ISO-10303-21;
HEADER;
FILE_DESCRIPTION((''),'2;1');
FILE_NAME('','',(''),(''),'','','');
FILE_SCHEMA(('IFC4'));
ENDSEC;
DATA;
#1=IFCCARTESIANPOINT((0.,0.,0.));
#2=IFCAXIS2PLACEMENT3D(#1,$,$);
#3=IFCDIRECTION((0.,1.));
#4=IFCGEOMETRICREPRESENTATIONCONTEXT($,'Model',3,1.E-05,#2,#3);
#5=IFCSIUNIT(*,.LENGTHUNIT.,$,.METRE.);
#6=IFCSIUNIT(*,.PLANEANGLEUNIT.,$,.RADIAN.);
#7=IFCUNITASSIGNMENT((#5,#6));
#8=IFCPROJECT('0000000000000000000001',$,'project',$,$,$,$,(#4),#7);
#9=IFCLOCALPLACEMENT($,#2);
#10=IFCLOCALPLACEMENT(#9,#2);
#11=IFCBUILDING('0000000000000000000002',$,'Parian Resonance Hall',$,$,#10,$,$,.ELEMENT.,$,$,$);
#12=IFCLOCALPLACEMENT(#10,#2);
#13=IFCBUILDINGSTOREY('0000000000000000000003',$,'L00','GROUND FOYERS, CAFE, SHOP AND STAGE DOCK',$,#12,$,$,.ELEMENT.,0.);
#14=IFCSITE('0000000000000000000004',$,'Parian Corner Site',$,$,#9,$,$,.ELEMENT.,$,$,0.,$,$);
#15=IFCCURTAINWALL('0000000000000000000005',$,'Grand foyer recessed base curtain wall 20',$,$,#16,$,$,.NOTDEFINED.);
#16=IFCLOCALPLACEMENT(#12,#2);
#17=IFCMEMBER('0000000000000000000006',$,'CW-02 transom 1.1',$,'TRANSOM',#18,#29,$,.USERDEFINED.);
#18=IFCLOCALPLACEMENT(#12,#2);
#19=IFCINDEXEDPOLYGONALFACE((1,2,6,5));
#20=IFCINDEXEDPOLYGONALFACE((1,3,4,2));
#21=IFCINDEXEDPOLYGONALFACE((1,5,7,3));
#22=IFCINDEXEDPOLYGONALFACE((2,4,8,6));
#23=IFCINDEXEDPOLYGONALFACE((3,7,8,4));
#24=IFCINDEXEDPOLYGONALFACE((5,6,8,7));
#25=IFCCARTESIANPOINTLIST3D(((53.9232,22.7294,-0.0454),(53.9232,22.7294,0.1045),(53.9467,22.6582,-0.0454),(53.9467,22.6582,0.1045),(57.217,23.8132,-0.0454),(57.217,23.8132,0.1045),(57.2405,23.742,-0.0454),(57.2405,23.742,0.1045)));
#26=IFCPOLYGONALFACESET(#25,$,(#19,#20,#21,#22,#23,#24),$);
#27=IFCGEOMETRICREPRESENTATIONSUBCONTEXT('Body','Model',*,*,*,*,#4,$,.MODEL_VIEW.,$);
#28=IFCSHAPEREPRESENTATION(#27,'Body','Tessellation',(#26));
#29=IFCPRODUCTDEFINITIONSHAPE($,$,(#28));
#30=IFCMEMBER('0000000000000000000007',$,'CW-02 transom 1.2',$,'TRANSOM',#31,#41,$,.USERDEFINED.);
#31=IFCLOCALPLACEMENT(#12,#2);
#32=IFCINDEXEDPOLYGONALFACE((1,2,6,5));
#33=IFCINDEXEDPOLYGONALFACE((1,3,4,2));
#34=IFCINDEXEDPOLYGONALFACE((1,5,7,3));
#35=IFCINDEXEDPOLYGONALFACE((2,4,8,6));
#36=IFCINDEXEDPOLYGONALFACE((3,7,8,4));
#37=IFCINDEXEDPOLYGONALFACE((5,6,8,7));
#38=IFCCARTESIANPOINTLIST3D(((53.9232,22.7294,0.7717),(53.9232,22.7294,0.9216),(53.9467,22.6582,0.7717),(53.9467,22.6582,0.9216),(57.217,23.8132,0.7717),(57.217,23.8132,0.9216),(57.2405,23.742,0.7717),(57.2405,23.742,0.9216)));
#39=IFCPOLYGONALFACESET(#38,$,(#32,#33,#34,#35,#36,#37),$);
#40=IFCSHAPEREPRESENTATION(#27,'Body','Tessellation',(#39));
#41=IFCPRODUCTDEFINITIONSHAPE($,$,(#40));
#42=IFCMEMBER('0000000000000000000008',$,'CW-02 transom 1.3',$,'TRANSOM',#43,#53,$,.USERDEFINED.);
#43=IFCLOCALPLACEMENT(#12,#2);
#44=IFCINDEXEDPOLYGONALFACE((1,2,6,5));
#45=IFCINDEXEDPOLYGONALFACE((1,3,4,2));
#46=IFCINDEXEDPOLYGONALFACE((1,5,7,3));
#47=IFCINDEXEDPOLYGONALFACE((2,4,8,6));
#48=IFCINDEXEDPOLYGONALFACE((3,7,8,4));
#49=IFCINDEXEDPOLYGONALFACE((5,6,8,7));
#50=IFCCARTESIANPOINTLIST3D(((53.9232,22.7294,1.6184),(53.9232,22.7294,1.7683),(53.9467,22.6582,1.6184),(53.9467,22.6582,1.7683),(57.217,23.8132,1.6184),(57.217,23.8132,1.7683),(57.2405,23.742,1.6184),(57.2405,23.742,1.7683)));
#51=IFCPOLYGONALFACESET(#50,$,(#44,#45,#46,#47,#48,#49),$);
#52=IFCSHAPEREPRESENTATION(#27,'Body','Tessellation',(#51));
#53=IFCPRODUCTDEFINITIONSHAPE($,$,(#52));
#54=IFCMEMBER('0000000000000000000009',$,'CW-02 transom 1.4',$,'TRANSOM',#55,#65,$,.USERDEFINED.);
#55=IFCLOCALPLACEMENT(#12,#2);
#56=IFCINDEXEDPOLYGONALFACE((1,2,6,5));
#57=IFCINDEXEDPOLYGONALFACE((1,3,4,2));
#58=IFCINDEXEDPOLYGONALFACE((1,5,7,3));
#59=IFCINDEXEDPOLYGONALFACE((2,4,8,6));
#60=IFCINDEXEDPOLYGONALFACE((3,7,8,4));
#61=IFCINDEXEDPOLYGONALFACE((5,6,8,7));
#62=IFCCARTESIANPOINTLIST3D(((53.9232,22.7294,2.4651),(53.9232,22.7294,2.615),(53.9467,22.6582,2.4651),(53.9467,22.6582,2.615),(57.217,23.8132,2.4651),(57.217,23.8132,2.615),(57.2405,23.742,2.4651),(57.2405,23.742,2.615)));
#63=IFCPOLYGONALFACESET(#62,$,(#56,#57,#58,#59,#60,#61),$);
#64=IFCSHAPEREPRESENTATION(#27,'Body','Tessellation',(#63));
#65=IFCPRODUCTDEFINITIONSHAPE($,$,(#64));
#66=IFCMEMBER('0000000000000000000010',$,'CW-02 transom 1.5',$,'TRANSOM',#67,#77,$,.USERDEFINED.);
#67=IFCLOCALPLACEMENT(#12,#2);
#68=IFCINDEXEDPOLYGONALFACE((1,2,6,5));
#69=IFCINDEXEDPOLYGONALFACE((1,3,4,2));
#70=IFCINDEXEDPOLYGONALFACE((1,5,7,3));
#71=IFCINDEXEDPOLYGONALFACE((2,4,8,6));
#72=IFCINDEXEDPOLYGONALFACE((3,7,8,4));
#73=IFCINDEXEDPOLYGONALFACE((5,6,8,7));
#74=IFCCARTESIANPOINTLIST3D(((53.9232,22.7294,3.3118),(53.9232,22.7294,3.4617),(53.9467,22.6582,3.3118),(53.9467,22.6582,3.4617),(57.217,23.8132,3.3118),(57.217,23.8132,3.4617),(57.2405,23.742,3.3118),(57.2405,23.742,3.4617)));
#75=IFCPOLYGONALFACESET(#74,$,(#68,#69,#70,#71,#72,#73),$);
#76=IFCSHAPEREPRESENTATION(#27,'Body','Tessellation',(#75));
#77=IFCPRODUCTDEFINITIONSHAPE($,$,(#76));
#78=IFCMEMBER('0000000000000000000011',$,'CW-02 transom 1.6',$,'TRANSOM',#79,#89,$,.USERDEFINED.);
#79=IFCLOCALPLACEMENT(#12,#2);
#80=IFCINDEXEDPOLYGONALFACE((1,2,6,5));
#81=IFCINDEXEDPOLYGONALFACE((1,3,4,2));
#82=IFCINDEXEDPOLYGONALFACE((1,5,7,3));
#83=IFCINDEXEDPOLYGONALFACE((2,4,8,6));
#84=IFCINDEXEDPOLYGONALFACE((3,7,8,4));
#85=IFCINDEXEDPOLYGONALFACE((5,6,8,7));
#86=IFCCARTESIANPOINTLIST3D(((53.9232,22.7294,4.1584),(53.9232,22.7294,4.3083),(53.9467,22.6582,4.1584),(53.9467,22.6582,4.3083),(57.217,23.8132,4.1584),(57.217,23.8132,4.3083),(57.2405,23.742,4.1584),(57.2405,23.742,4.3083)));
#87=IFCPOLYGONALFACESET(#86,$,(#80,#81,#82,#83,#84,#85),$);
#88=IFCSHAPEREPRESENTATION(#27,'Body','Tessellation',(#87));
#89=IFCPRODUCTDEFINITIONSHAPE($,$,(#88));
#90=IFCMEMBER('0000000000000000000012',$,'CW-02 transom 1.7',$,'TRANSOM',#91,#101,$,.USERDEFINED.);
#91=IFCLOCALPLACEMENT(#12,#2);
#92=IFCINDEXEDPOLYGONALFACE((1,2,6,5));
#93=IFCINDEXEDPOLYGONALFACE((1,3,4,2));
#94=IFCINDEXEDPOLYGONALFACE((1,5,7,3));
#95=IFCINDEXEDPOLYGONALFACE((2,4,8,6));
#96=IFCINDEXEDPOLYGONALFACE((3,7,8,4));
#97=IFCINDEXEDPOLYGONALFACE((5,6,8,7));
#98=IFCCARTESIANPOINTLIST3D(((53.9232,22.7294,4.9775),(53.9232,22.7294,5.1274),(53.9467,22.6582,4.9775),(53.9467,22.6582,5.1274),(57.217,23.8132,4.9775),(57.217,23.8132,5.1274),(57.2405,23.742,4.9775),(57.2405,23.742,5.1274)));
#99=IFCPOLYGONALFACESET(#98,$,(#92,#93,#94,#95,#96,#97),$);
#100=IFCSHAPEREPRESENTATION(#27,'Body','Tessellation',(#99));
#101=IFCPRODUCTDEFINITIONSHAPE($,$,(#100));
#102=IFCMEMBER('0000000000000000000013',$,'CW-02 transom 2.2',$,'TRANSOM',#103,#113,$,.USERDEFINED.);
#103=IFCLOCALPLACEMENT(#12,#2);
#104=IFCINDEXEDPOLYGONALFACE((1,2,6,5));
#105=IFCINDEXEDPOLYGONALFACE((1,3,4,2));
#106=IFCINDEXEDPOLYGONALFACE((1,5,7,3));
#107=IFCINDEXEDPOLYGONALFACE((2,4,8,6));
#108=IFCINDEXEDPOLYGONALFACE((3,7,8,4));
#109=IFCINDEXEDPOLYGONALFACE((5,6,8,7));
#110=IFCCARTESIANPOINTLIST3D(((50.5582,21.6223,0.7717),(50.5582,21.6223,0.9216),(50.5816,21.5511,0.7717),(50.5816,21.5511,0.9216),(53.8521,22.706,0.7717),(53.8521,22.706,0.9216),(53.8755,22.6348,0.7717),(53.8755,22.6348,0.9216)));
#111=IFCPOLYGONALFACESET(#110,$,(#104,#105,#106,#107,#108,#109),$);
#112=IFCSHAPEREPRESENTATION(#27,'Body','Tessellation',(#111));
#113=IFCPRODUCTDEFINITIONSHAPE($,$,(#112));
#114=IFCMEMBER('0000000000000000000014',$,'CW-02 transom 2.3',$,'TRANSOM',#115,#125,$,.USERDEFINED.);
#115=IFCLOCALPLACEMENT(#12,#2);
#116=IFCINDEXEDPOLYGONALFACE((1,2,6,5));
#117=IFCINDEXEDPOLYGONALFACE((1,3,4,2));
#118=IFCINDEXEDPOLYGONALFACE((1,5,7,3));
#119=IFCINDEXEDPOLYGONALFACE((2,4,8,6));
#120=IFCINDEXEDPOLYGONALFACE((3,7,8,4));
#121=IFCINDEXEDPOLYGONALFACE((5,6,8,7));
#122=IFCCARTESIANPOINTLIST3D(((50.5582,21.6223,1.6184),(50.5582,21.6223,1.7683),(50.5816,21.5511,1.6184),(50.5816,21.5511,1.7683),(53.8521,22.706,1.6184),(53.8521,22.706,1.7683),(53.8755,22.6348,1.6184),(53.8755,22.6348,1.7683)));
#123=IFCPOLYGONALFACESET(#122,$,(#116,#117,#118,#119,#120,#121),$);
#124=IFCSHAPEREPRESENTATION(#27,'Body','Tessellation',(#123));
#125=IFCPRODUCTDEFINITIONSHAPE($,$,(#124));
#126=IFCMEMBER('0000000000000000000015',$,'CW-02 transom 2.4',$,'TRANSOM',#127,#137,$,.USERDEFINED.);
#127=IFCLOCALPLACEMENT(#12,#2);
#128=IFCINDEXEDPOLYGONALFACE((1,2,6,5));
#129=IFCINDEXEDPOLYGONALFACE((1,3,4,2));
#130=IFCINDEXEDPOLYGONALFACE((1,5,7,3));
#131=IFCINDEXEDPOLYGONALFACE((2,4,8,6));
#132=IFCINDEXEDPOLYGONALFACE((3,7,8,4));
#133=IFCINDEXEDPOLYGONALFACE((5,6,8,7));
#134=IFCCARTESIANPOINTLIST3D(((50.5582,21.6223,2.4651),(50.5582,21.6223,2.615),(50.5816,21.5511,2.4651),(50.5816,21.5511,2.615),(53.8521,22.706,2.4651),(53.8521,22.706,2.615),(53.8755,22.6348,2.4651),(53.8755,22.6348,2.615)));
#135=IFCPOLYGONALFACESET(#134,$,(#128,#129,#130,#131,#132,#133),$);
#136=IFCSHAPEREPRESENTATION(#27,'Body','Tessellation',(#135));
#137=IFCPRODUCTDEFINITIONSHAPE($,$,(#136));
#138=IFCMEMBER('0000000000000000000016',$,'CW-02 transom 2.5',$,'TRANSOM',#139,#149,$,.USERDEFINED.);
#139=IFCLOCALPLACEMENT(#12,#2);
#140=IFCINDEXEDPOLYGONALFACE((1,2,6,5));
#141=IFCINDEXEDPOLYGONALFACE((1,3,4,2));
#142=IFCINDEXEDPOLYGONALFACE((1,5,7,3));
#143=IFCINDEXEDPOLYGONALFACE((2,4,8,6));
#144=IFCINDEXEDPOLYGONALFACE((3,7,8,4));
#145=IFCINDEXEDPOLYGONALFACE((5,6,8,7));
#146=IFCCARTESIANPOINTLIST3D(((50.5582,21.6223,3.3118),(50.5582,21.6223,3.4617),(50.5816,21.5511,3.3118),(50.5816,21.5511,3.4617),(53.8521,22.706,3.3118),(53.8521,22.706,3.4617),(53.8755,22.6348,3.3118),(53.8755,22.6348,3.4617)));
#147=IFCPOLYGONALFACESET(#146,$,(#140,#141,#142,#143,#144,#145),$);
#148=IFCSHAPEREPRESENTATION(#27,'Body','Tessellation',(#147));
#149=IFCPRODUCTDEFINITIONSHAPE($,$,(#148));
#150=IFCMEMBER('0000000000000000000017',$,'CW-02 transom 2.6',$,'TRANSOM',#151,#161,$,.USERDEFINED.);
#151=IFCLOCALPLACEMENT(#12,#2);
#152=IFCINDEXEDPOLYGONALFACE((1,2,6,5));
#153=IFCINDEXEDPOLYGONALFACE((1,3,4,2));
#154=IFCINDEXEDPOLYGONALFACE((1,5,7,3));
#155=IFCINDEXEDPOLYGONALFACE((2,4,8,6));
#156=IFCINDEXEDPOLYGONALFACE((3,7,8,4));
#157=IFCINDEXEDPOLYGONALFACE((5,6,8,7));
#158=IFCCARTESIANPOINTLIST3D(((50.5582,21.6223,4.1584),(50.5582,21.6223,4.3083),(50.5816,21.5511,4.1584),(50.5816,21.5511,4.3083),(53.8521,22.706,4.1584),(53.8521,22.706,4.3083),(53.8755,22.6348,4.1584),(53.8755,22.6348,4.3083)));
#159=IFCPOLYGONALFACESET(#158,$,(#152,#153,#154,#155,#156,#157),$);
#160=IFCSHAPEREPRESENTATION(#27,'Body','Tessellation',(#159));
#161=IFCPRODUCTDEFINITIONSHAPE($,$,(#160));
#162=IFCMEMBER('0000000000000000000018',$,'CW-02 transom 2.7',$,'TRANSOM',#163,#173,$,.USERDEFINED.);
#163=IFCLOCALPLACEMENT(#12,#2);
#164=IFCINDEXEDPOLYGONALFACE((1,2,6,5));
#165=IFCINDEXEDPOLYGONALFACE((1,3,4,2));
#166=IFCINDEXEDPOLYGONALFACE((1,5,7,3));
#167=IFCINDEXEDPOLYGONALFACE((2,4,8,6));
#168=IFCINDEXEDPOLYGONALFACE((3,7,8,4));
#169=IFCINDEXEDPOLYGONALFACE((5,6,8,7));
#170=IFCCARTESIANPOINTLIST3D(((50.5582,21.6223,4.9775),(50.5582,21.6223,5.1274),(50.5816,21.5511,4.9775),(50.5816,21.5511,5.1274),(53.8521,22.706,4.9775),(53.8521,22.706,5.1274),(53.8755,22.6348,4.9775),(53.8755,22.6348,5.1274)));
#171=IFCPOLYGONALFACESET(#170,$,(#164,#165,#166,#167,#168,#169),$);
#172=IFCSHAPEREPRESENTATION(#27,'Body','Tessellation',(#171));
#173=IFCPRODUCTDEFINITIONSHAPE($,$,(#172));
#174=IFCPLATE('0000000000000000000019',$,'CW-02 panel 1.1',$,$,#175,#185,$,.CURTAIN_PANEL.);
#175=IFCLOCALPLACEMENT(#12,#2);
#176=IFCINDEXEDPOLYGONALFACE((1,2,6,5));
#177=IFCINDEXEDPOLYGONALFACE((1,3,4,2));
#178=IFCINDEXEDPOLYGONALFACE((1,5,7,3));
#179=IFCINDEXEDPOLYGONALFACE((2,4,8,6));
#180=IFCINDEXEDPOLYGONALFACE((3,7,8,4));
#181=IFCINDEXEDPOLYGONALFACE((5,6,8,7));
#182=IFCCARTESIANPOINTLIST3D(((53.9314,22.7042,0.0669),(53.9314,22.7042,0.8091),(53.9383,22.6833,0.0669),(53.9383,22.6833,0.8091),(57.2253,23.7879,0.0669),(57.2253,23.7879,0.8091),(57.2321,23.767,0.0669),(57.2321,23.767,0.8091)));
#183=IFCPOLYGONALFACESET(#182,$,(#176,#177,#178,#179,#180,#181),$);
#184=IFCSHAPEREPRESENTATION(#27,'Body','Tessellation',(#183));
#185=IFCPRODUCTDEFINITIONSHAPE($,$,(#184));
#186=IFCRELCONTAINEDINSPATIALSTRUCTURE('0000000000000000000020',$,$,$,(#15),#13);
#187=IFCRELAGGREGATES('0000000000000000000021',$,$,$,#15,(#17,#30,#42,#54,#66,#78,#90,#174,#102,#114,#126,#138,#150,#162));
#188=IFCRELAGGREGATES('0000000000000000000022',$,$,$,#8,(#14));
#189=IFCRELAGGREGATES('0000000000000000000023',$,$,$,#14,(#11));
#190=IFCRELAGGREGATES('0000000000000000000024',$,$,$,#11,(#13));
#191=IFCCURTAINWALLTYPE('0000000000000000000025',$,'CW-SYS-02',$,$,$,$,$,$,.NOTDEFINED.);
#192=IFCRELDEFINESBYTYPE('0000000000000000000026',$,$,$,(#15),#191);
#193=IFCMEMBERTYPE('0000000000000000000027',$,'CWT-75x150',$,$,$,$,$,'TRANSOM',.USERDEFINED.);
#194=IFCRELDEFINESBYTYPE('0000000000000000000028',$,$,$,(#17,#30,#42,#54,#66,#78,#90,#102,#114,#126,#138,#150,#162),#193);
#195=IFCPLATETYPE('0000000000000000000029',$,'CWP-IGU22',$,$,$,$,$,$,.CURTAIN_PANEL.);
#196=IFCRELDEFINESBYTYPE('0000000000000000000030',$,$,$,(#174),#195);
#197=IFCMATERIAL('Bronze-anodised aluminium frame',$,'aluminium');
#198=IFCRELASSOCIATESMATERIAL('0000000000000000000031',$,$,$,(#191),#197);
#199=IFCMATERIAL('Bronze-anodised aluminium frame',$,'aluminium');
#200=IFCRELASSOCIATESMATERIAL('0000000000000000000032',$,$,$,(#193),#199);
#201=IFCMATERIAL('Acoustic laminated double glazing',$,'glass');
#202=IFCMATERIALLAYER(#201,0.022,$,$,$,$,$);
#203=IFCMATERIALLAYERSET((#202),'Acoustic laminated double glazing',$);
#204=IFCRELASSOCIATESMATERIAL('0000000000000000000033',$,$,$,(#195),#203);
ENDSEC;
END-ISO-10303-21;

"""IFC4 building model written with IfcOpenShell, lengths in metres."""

from ifc_helpers import new_model, si_unit, direction, frame, origin, origin_2d, place, context, subcontext, project, spatial, rectangle, extrude, material, layer, layer_set, material_profile, profile_set, type_object, element, aggregate, save


model = new_model("IFC4")

# Units and contexts
model_context = context("Model", 3, precision=1e-05, world=origin(), true_north=direction((0.0, 1.0)))
body_context = subcontext(model_context, "Body", "Model", "MODEL_VIEW")
ifc_project = project(units=[si_unit("LENGTHUNIT", "METRE"), si_unit("PLANEANGLEUNIT", "RADIAN")], contexts=[model_context])

# Site, building, storey
site_placement = place(None, origin())
site = spatial("IfcSite", under=ifc_project, at=site_placement, Name="Parian Corner Site", CompositionType="ELEMENT", RefElevation=0.0)
building_placement = place(site_placement, origin())
building = spatial("IfcBuilding", under=site, at=building_placement, Name="Parian Resonance Hall", CompositionType="ELEMENT")
storey_placement = place(building_placement, origin())
storey = spatial("IfcBuildingStorey", under=building, at=storey_placement, Name="L00", Description="GROUND FOYERS, CAFE, SHOP AND STAGE DOCK", CompositionType="ELEMENT", Elevation=0.0)

# Curtain wall, members, plate
ifc_material_1 = material(Name="Bronze-anodised aluminium frame", Category="aluminium")
curtain_wall_type = type_object("IfcCurtainWallType", Name="CW-SYS-02", PredefinedType="NOTDEFINED", material=ifc_material_1)
curtain_wall_placement = place(storey_placement, origin())
curtain_wall = element("IfcCurtainWall", 1, at=curtain_wall_placement, inside=storey, type_object=curtain_wall_type, Name="Grand foyer recessed base curtain wall 20", PredefinedType="NOTDEFINED")
ifc_material_2 = material(Name="Bronze-anodised aluminium frame", Category="aluminium")
ifc_material_profile_1 = material_profile(ifc_material_2, rectangle(XDim=0.075, YDim=0.1499, at=origin_2d()), Name="CWT-75x150")
ifc_profile_set_1 = profile_set([ifc_material_profile_1], Name="Bronze-anodised aluminium frame")
member_type_1 = type_object("IfcMemberType", Name="CWT-75x150", ElementType="TRANSOM", PredefinedType="USERDEFINED", material=ifc_profile_set_1)
member_1_placement = place(storey_placement, frame((57.2288, 23.7776, 0.0295), z_axis=(-0.949901, -0.31255, 0.0), x_axis=(0.31255, -0.949901, 0.0)))
member_1 = element("IfcMember", 2, at=member_1_placement, type_object=member_type_1, Name="CW-02 transom 1.1", ObjectType="TRANSOM", PredefinedType="USERDEFINED", context=body_context, shape_type="SweptSolid", body=[
    extrude(rectangle(XDim=0.075, YDim=0.1499, at=origin_2d()), origin(), (0.0, 0.0, 1.0), 3.4675),
])
member_2_placement = place(storey_placement, frame((57.2288, 23.7776, 0.8467), z_axis=(-0.949901, -0.31255, 0.0), x_axis=(0.31255, -0.949901, 0.0)))
member_2 = element("IfcMember", 3, at=member_2_placement, type_object=member_type_1, Name="CW-02 transom 1.2", ObjectType="TRANSOM", PredefinedType="USERDEFINED", context=body_context, shape_type="SweptSolid", body=[
    extrude(rectangle(XDim=0.075, YDim=0.1499, at=origin_2d()), origin(), (0.0, 0.0, 1.0), 3.4675),
])
member_3_placement = place(storey_placement, frame((57.2288, 23.7776, 1.6934), z_axis=(-0.949901, -0.31255, 0.0), x_axis=(0.31255, -0.949901, 0.0)))
member_3 = element("IfcMember", 4, at=member_3_placement, type_object=member_type_1, Name="CW-02 transom 1.3", ObjectType="TRANSOM", PredefinedType="USERDEFINED", context=body_context, shape_type="SweptSolid", body=[
    extrude(rectangle(XDim=0.075, YDim=0.1499, at=origin_2d()), origin(), (0.0, 0.0, 1.0), 3.4675),
])
member_4_placement = place(storey_placement, frame((57.2288, 23.7776, 2.54), z_axis=(-0.949901, -0.31255, 0.0), x_axis=(0.31255, -0.949901, 0.0)))
member_4 = element("IfcMember", 5, at=member_4_placement, type_object=member_type_1, Name="CW-02 transom 1.4", ObjectType="TRANSOM", PredefinedType="USERDEFINED", context=body_context, shape_type="SweptSolid", body=[
    extrude(rectangle(XDim=0.075, YDim=0.1499, at=origin_2d()), origin(), (0.0, 0.0, 1.0), 3.4675),
])
member_5_placement = place(storey_placement, frame((57.2288, 23.7776, 3.3867), z_axis=(-0.949901, -0.31255, 0.0), x_axis=(0.31255, -0.949901, 0.0)))
member_5 = element("IfcMember", 6, at=member_5_placement, type_object=member_type_1, Name="CW-02 transom 1.5", ObjectType="TRANSOM", PredefinedType="USERDEFINED", context=body_context, shape_type="SweptSolid", body=[
    extrude(rectangle(XDim=0.075, YDim=0.1499, at=origin_2d()), origin(), (0.0, 0.0, 1.0), 3.4675),
])
member_6_placement = place(storey_placement, frame((57.2288, 23.7776, 4.2334), z_axis=(-0.949901, -0.31255, 0.0), x_axis=(0.31255, -0.949901, 0.0)))
member_6 = element("IfcMember", 7, at=member_6_placement, type_object=member_type_1, Name="CW-02 transom 1.6", ObjectType="TRANSOM", PredefinedType="USERDEFINED", context=body_context, shape_type="SweptSolid", body=[
    extrude(rectangle(XDim=0.075, YDim=0.1499, at=origin_2d()), origin(), (0.0, 0.0, 1.0), 3.4675),
])
member_7_placement = place(storey_placement, frame((57.2288, 23.7776, 5.0525), z_axis=(-0.949901, -0.31255, 0.0), x_axis=(0.31255, -0.949901, 0.0)))
member_7 = element("IfcMember", 8, at=member_7_placement, type_object=member_type_1, Name="CW-02 transom 1.7", ObjectType="TRANSOM", PredefinedType="USERDEFINED", context=body_context, shape_type="SweptSolid", body=[
    extrude(rectangle(XDim=0.075, YDim=0.1499, at=origin_2d()), origin(), (0.0, 0.0, 1.0), 3.4675),
])
member_8_placement = place(storey_placement, frame((53.8638, 22.6704, 0.8467), z_axis=(-0.949908, -0.312529, 0.0), x_axis=(0.312529, -0.949908, 0.0)))
member_8 = element("IfcMember", 9, at=member_8_placement, type_object=member_type_1, Name="CW-02 transom 2.2", ObjectType="TRANSOM", PredefinedType="USERDEFINED", context=body_context, shape_type="SweptSolid", body=[
    extrude(rectangle(XDim=0.075, YDim=0.1499, at=origin_2d()), origin(), (0.0, 0.0, 1.0), 3.4675),
])
member_9_placement = place(storey_placement, frame((53.8638, 22.6704, 1.6934), z_axis=(-0.949908, -0.312529, 0.0), x_axis=(0.312529, -0.949908, 0.0)))
member_9 = element("IfcMember", 10, at=member_9_placement, type_object=member_type_1, Name="CW-02 transom 2.3", ObjectType="TRANSOM", PredefinedType="USERDEFINED", context=body_context, shape_type="SweptSolid", body=[
    extrude(rectangle(XDim=0.075, YDim=0.1499, at=origin_2d()), origin(), (0.0, 0.0, 1.0), 3.4675),
])
member_10_placement = place(storey_placement, frame((53.8638, 22.6704, 2.54), z_axis=(-0.949908, -0.312529, 0.0), x_axis=(0.312529, -0.949908, 0.0)))
member_10 = element("IfcMember", 11, at=member_10_placement, type_object=member_type_1, Name="CW-02 transom 2.4", ObjectType="TRANSOM", PredefinedType="USERDEFINED", context=body_context, shape_type="SweptSolid", body=[
    extrude(rectangle(XDim=0.075, YDim=0.1499, at=origin_2d()), origin(), (0.0, 0.0, 1.0), 3.4675),
])
member_11_placement = place(storey_placement, frame((53.8638, 22.6704, 3.3867), z_axis=(-0.949908, -0.312529, 0.0), x_axis=(0.312529, -0.949908, 0.0)))
member_11 = element("IfcMember", 12, at=member_11_placement, type_object=member_type_1, Name="CW-02 transom 2.5", ObjectType="TRANSOM", PredefinedType="USERDEFINED", context=body_context, shape_type="SweptSolid", body=[
    extrude(rectangle(XDim=0.075, YDim=0.1499, at=origin_2d()), origin(), (0.0, 0.0, 1.0), 3.4675),
])
member_12_placement = place(storey_placement, frame((53.8638, 22.6704, 4.2334), z_axis=(-0.949908, -0.312529, 0.0), x_axis=(0.312529, -0.949908, 0.0)))
member_12 = element("IfcMember", 13, at=member_12_placement, type_object=member_type_1, Name="CW-02 transom 2.6", ObjectType="TRANSOM", PredefinedType="USERDEFINED", context=body_context, shape_type="SweptSolid", body=[
    extrude(rectangle(XDim=0.075, YDim=0.1499, at=origin_2d()), origin(), (0.0, 0.0, 1.0), 3.4675),
])
member_13_placement = place(storey_placement, frame((53.8638, 22.6704, 5.0525), z_axis=(-0.949908, -0.312529, 0.0), x_axis=(0.312529, -0.949908, 0.0)))
member_13 = element("IfcMember", 14, at=member_13_placement, type_object=member_type_1, Name="CW-02 transom 2.7", ObjectType="TRANSOM", PredefinedType="USERDEFINED", context=body_context, shape_type="SweptSolid", body=[
    extrude(rectangle(XDim=0.075, YDim=0.1499, at=origin_2d()), origin(), (0.0, 0.0, 1.0), 3.4675),
])
ifc_material_3 = material(Name="Acoustic laminated double glazing", Category="glass")
ifc_layer_1 = layer(ifc_material_3, 0.022)
ifc_layer_set_1 = layer_set([ifc_layer_1], Name="Acoustic laminated double glazing")
plate_type = type_object("IfcPlateType", Name="CWP-IGU22", PredefinedType="CURTAIN_PANEL", material=ifc_layer_set_1)
plate_1_placement = place(storey_placement, frame((55.5818, 23.2356, 0.0669), z_axis=(0.0, 0.0, 1.0), x_axis=(-0.949908, -0.31253, 0.0)))
plate_1 = element("IfcPlate", 15, at=plate_1_placement, type_object=plate_type, Name="CW-02 panel 1.1", PredefinedType="CURTAIN_PANEL", context=body_context, shape_type="SweptSolid", body=[
    extrude(rectangle(XDim=3.4675, YDim=0.022, at=origin_2d()), origin(), (0.0, 0.0, 1.0), 0.7422),
])
aggregate(curtain_wall, [member_1, member_2, member_3, member_4, member_5, member_6, member_7, plate_1, member_8, member_9, member_10, member_11, member_12, member_13])

save(model, "model.ifc")
